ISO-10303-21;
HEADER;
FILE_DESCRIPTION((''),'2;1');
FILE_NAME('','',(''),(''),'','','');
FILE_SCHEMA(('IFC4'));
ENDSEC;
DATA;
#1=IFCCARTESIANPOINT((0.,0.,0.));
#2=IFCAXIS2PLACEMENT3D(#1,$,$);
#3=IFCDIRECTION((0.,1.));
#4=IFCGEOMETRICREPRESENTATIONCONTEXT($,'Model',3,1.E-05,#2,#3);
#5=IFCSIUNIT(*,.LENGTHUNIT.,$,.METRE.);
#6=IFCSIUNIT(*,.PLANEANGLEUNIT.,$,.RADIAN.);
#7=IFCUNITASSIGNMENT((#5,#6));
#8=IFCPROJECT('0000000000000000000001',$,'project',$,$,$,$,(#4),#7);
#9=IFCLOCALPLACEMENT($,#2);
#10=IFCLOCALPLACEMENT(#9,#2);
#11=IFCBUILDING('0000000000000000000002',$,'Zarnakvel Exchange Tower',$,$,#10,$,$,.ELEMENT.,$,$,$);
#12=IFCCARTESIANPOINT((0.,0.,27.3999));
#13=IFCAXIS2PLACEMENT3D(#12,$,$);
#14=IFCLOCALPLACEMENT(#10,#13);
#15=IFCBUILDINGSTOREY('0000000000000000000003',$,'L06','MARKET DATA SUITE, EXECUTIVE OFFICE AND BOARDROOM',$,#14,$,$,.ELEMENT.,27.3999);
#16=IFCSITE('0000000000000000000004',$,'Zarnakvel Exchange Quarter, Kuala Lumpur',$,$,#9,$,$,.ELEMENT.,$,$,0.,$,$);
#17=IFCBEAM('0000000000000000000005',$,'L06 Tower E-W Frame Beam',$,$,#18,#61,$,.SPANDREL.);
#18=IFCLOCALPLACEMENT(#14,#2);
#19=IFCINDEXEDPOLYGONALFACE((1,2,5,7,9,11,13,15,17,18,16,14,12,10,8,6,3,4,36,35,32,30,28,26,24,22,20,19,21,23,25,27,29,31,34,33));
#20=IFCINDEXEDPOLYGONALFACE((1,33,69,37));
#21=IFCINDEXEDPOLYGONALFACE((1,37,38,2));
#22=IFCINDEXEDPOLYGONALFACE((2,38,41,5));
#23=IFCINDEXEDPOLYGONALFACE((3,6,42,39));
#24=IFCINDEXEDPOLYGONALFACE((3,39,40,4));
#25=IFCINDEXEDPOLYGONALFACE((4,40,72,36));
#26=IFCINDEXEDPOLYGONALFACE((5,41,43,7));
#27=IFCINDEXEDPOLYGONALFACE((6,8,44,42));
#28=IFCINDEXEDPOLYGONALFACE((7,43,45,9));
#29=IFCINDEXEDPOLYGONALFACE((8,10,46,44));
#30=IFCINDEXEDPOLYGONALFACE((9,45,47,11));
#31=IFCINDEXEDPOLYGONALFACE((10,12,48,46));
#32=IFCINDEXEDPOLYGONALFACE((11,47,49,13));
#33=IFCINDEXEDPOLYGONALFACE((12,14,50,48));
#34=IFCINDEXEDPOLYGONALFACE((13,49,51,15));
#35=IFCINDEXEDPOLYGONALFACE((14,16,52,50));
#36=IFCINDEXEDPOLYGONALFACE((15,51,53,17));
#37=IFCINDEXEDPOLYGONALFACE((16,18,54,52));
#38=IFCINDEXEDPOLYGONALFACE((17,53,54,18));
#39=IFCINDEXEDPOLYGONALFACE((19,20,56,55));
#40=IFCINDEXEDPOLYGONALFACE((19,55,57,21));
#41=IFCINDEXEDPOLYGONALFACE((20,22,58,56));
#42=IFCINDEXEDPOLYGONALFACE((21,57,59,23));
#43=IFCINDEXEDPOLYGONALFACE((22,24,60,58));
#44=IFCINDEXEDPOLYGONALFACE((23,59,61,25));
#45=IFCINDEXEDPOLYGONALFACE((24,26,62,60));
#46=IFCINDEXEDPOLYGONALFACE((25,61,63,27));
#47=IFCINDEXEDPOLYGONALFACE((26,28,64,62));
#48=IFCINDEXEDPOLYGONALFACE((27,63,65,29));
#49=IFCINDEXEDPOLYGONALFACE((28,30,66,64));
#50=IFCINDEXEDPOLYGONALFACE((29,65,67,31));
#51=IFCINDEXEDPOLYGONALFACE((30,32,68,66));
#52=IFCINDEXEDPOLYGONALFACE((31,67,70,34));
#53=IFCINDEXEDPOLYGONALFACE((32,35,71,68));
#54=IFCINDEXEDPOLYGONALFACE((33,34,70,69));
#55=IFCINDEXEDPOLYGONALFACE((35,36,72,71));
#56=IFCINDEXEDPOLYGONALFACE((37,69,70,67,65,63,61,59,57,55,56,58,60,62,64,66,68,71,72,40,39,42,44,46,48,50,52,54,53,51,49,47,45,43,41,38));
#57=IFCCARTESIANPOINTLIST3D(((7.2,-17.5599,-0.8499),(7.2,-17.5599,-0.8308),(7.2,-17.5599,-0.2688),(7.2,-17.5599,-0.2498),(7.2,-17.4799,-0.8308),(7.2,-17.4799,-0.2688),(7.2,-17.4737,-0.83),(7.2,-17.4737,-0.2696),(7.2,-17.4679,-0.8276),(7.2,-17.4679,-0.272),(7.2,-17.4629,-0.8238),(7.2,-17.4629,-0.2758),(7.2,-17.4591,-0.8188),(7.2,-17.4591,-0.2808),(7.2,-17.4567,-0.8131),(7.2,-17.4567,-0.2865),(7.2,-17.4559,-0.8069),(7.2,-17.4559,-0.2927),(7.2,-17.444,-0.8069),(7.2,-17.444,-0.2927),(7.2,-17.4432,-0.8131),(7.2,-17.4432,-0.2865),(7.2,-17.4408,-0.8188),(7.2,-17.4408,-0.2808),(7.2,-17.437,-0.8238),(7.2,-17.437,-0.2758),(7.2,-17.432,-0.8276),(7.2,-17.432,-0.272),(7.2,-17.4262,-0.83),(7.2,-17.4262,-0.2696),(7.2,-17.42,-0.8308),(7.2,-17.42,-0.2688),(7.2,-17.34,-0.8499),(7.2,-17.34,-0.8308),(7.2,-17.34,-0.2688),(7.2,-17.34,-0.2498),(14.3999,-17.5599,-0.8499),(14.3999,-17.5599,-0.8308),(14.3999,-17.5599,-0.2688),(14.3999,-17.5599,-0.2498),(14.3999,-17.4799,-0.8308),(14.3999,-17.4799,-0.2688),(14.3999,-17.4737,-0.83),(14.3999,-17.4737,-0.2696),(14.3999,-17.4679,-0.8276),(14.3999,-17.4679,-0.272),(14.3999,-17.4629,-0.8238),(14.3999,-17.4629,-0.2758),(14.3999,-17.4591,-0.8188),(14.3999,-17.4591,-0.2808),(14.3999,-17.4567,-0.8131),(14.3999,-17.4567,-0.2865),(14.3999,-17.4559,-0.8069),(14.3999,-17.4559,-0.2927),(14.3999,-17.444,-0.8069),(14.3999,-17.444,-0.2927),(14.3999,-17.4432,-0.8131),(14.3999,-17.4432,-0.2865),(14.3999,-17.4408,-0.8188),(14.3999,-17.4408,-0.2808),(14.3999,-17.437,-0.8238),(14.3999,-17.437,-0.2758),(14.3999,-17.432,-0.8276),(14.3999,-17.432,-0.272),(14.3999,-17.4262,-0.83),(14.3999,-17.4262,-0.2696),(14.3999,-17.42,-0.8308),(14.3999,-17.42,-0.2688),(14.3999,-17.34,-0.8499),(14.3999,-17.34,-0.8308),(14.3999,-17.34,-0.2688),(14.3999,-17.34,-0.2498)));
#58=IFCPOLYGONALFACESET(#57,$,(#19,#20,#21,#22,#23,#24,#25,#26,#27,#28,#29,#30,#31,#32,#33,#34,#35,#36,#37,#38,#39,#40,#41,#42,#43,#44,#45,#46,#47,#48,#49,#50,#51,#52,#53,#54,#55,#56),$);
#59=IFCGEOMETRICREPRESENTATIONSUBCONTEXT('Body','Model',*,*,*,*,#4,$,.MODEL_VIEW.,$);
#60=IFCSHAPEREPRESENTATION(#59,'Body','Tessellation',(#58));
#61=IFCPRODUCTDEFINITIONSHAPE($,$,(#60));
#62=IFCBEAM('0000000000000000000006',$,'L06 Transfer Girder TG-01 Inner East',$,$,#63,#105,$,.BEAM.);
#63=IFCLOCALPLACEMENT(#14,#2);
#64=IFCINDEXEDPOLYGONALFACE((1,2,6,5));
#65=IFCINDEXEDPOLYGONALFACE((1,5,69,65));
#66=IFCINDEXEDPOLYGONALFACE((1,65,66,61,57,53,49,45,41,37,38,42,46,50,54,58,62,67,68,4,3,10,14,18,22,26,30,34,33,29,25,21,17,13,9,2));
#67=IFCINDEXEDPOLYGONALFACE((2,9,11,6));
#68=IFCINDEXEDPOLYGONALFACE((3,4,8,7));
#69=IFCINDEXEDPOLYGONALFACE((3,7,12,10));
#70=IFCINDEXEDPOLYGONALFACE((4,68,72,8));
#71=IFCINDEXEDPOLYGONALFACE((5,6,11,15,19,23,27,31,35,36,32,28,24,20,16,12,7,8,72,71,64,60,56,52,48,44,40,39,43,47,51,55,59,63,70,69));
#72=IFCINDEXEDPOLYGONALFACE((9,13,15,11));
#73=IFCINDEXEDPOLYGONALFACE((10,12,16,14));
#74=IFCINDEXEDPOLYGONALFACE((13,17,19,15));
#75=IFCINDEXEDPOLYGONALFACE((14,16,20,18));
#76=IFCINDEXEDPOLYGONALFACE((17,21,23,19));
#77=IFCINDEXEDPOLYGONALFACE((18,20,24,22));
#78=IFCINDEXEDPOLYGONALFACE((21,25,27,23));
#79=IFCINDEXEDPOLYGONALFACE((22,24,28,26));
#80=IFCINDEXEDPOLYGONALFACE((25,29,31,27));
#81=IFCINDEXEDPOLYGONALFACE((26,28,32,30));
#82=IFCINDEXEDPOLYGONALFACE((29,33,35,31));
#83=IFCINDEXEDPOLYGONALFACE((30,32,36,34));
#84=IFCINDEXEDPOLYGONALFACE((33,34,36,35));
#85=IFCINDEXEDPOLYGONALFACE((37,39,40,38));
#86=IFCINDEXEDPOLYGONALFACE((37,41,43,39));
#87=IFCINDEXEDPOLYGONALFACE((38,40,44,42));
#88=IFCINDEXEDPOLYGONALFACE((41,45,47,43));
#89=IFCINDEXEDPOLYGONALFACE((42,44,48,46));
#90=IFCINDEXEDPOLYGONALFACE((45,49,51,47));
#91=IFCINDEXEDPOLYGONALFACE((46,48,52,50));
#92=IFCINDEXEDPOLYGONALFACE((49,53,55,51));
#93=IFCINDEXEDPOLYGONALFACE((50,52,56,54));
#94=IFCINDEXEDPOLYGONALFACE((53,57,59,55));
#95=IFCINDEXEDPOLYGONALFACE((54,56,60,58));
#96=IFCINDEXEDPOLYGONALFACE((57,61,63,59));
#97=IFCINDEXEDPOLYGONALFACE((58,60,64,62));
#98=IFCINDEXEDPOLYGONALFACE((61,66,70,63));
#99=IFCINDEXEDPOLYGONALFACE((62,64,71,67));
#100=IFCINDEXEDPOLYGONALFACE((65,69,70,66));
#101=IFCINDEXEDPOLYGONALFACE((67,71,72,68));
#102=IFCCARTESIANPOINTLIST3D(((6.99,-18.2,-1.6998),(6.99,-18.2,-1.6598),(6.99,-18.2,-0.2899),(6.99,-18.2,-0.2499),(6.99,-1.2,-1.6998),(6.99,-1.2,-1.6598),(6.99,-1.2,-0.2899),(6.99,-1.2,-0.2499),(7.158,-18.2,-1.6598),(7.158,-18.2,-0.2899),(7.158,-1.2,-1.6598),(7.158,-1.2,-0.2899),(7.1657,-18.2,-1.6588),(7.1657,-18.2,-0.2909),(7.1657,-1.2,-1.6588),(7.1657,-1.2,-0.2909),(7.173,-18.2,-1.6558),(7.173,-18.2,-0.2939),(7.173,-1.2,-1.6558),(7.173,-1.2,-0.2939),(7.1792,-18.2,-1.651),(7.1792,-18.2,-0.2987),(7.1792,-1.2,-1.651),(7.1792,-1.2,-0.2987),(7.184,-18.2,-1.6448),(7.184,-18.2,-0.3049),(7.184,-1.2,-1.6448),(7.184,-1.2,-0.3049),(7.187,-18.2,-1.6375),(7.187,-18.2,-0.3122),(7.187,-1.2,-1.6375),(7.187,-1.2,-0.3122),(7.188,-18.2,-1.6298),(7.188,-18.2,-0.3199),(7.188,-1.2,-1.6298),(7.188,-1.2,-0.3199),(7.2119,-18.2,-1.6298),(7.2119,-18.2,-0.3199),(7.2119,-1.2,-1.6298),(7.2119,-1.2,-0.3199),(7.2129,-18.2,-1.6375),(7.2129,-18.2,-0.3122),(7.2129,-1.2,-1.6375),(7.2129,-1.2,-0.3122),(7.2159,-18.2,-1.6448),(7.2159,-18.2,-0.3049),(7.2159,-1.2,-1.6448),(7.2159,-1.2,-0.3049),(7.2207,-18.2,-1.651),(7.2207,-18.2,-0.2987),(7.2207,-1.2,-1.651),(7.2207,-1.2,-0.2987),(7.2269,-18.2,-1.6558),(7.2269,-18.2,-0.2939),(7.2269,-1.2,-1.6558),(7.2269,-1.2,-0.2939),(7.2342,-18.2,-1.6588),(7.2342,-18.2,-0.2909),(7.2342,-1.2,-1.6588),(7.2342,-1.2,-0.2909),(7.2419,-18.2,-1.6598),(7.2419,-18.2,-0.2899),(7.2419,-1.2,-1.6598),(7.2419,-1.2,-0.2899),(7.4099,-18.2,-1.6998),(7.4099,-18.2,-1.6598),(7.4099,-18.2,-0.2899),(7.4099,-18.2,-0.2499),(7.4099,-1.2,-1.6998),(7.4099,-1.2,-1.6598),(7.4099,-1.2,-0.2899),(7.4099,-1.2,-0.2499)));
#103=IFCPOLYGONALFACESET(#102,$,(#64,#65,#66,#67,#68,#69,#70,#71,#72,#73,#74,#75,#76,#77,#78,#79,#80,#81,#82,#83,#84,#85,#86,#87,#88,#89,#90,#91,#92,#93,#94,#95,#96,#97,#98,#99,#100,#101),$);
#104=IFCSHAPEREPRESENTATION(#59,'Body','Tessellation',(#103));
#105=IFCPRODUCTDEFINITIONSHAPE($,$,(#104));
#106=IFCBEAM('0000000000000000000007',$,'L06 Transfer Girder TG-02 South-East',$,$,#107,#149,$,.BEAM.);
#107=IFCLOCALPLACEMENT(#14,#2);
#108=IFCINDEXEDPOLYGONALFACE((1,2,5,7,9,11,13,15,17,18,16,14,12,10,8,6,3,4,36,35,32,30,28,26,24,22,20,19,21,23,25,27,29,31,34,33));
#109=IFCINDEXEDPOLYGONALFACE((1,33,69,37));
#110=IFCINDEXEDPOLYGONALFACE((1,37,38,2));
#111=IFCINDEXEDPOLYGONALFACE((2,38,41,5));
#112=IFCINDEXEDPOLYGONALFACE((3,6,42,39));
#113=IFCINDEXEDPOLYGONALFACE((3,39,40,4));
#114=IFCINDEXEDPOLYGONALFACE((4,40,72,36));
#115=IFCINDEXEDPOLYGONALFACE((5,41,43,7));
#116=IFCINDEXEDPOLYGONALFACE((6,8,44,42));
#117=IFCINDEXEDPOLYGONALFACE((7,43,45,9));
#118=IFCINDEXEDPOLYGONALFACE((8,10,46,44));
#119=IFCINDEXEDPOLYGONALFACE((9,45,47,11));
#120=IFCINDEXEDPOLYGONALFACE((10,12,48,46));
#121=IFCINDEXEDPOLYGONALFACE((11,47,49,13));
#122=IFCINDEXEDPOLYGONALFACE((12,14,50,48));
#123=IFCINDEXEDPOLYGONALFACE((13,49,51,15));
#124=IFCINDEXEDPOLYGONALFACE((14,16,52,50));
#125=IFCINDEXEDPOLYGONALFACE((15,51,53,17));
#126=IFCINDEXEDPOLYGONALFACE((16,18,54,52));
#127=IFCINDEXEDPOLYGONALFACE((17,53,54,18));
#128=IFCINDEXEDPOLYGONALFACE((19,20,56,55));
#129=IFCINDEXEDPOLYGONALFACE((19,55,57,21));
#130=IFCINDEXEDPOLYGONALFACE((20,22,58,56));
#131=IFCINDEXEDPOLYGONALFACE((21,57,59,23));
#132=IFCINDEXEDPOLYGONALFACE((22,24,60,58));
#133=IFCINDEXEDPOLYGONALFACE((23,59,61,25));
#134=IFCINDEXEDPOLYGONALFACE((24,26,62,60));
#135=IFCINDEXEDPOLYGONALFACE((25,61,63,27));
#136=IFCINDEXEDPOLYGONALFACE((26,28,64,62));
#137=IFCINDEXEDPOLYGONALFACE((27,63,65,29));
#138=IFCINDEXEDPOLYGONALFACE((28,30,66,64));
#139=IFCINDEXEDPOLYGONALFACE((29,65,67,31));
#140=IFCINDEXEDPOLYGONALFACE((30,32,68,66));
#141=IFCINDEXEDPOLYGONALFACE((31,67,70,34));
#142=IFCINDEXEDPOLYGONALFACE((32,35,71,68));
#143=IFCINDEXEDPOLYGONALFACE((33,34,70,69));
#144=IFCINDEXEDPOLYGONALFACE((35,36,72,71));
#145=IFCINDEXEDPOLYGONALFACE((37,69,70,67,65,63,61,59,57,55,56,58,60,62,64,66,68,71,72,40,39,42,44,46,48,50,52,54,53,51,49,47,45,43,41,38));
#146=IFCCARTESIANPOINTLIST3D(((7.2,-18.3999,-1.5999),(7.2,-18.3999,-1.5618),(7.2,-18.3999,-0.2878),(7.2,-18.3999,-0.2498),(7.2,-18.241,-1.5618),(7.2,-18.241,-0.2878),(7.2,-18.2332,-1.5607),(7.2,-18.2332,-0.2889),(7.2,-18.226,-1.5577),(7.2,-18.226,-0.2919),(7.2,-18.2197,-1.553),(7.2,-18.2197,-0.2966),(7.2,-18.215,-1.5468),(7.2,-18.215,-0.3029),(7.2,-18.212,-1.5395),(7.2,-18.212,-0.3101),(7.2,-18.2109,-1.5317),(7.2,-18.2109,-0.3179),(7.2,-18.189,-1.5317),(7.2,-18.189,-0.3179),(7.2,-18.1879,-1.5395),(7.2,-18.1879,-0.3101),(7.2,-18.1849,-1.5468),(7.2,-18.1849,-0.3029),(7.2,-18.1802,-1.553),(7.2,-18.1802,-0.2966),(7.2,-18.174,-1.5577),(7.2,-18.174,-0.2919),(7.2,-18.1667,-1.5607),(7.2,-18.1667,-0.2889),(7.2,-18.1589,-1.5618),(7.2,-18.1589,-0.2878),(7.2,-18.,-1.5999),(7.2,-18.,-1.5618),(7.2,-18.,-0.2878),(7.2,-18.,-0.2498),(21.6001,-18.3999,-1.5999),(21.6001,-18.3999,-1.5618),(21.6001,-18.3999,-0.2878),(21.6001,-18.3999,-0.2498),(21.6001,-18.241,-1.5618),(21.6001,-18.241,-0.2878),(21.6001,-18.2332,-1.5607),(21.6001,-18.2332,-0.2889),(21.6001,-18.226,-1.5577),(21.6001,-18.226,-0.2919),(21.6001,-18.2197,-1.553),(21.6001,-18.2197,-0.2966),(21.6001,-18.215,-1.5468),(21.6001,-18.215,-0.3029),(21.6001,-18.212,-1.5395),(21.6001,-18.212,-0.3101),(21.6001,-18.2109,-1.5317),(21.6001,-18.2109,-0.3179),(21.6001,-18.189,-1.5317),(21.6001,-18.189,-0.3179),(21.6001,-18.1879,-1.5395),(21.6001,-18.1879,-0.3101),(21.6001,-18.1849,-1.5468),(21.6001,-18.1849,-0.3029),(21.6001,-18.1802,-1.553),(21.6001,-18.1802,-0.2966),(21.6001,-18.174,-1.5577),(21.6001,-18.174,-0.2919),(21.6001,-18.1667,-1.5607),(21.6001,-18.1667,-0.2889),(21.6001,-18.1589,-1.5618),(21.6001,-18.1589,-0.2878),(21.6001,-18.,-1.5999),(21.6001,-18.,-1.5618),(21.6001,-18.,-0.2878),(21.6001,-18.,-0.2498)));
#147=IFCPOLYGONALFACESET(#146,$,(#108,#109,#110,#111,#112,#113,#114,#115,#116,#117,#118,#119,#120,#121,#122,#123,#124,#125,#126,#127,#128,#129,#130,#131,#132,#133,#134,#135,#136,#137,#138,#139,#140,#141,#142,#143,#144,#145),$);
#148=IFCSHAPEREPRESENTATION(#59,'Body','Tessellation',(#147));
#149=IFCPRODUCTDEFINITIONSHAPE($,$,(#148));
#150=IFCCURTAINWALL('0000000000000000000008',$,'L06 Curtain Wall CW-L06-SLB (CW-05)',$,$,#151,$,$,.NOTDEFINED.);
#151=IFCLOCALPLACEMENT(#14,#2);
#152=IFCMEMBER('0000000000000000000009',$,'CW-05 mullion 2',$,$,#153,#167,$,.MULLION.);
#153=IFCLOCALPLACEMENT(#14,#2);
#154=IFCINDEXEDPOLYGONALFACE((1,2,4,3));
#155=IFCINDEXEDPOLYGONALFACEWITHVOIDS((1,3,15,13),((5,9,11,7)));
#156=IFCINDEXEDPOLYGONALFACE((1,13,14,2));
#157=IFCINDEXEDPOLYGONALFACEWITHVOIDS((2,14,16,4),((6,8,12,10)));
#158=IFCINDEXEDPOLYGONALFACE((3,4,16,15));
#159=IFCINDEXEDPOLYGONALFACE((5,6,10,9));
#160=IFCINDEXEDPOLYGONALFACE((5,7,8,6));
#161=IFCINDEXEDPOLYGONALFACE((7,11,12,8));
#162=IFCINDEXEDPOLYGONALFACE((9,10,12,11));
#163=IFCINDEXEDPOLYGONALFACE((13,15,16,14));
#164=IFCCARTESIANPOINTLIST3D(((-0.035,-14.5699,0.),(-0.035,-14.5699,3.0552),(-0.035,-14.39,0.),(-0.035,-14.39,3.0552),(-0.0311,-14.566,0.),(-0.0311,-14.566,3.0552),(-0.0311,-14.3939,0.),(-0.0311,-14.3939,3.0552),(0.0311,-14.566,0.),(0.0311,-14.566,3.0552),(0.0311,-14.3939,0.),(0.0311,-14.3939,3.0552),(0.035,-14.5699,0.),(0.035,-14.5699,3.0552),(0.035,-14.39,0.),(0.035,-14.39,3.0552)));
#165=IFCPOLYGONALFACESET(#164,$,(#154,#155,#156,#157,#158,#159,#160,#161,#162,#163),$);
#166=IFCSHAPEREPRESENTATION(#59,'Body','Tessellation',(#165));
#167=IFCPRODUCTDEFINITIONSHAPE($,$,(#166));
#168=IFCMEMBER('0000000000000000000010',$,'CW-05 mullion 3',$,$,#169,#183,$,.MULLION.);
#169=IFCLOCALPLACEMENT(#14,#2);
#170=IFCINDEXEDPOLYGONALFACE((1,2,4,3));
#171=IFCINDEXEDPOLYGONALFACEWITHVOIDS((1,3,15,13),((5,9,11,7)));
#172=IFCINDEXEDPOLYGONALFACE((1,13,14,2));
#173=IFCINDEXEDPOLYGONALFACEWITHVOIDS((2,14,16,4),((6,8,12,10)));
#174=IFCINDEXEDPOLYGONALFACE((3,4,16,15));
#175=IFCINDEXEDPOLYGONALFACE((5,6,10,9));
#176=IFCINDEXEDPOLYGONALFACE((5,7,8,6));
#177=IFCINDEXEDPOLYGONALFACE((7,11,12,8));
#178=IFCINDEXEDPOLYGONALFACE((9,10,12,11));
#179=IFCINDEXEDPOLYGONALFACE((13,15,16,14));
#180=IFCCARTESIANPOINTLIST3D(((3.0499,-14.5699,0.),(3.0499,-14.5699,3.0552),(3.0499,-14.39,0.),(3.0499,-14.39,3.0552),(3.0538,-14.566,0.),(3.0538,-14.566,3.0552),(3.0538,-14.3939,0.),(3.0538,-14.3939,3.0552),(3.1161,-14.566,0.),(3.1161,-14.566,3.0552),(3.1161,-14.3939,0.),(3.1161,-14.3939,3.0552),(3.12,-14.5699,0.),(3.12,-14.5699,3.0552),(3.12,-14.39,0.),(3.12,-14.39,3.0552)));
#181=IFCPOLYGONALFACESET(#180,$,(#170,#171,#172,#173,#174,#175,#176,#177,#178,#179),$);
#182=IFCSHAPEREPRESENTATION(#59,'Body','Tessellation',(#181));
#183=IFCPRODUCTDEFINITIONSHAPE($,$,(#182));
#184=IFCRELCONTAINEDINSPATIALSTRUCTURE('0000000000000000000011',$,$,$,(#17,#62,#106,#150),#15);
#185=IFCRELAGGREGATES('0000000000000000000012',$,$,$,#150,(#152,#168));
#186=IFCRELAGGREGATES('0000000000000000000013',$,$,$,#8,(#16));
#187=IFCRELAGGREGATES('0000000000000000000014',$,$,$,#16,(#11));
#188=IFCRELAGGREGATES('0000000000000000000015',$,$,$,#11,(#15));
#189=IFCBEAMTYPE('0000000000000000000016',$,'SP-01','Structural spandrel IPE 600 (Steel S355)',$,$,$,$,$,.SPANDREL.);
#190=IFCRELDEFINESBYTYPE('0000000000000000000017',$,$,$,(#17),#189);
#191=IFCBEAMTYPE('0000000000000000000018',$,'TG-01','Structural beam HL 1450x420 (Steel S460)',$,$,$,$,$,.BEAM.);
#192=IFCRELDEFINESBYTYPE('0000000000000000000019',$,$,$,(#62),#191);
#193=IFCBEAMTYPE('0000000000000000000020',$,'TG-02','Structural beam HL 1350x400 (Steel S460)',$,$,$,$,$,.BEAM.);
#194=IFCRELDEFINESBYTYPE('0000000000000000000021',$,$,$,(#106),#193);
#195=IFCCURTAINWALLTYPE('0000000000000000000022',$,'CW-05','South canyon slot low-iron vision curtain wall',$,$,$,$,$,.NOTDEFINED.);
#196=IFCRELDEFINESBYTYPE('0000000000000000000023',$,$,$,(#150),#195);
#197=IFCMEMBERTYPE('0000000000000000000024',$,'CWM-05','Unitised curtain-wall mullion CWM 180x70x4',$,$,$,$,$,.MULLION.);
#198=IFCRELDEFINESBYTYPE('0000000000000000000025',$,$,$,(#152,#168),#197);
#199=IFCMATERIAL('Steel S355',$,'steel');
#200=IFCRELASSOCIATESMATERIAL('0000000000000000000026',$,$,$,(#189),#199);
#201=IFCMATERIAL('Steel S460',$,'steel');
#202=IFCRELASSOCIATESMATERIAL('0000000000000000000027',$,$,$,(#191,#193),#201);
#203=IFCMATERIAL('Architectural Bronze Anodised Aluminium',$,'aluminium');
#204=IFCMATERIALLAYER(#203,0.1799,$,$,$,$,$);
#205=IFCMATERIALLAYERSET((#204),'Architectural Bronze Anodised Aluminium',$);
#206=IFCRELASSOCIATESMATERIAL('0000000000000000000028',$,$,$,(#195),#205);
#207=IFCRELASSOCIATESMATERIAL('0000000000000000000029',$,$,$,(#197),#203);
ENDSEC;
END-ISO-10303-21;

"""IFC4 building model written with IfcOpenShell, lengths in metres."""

from ifc_helpers import new_model, si_unit, direction, frame, origin, origin_2d, place, context, subcontext, project, spatial, hollow_rectangle, i_section, extrude, source, transform, mapped, material, layer, layer_set, material_profile, profile_set, type_object, element, aggregate, save


model = new_model("IFC4")

# Units and contexts
model_context = context("Model", 3, precision=1e-05, world=origin(), true_north=direction((0.0, 1.0)))
body_context = subcontext(model_context, "Body", "Model", "MODEL_VIEW")
ifc_project = project(units=[si_unit("LENGTHUNIT", "METRE"), si_unit("PLANEANGLEUNIT", "RADIAN")], contexts=[model_context])

# Site, building, storey
site_placement = place(None, origin())
site = spatial("IfcSite", under=ifc_project, at=site_placement, Name="Zarnakvel Exchange Quarter, Kuala Lumpur", CompositionType="ELEMENT", RefElevation=0.0)
building_placement = place(site_placement, origin())
building = spatial("IfcBuilding", under=site, at=building_placement, Name="Zarnakvel Exchange Tower", CompositionType="ELEMENT")
storey_placement = place(building_placement, frame((0.0, 0.0, 27.3999)))
storey = spatial("IfcBuildingStorey", under=building, at=storey_placement, Name="L06", Description="MARKET DATA SUITE, EXECUTIVE OFFICE AND BOARDROOM", CompositionType="ELEMENT", Elevation=27.3999)

# Beams
ifc_material_1 = material(Name="Steel S355", Category="steel")
ifc_material_profile_1 = material_profile(ifc_material_1, i_section(OverallWidth=0.22, OverallDepth=0.6001, WebThickness=0.012, FlangeThickness=0.019, FilletRadius=0.0239, at=origin_2d()))
ifc_profile_set_1 = profile_set([ifc_material_profile_1], Name="Steel S355")
beam_type_1 = type_object("IfcBeamType", Name="SP-01", Description="Structural spandrel IPE 600 (Steel S355)", PredefinedType="SPANDREL", material=ifc_profile_set_1)
beam_1_placement = place(storey_placement, frame((7.2, -17.45, -0.5498), z_axis=(1.0, 0.0, 0.0), x_axis=(0.0, 1.0, 0.0)))
element("IfcBeam", 1, at=beam_1_placement, inside=storey, type_object=beam_type_1, Name="L06 Tower E-W Frame Beam", PredefinedType="SPANDREL", context=body_context, shape_type="SweptSolid", body=[
    extrude(i_section(OverallWidth=0.22, OverallDepth=0.6001, WebThickness=0.012, FlangeThickness=0.019, FilletRadius=0.0239, at=origin_2d()), origin(), (0.0, 0.0, 1.0), 7.2),
])
ifc_material_2 = material(Name="Steel S460", Category="steel")
ifc_material_profile_2 = material_profile(ifc_material_2, i_section(OverallWidth=0.4199, OverallDepth=1.45, WebThickness=0.0239, FlangeThickness=0.04, FilletRadius=0.03, at=origin_2d()))
ifc_profile_set_2 = profile_set([ifc_material_profile_2], Name="Steel S460")
beam_type_2 = type_object("IfcBeamType", Name="TG-01", Description="Structural beam HL 1450x420 (Steel S460)", PredefinedType="BEAM", material=ifc_profile_set_2)
beam_2_placement = place(storey_placement, frame((7.2, -18.2, -0.9749), z_axis=(0.0, 1.0, 0.0), x_axis=(-1.0, 0.0, 0.0)))
element("IfcBeam", 2, at=beam_2_placement, inside=storey, type_object=beam_type_2, Name="L06 Transfer Girder TG-01 Inner East", PredefinedType="BEAM", context=body_context, shape_type="SweptSolid", body=[
    extrude(i_section(OverallWidth=0.4199, OverallDepth=1.45, WebThickness=0.0239, FlangeThickness=0.04, FilletRadius=0.03, at=origin_2d()), origin(), (0.0, 0.0, 1.0), 17.0),
])
ifc_material_profile_3 = material_profile(ifc_material_2, i_section(OverallWidth=0.3999, OverallDepth=1.3501, WebThickness=0.022, FlangeThickness=0.0381, FilletRadius=0.03, at=origin_2d()))
ifc_profile_set_3 = profile_set([ifc_material_profile_3], Name="Steel S460")
beam_type_3 = type_object("IfcBeamType", Name="TG-02", Description="Structural beam HL 1350x400 (Steel S460)", PredefinedType="BEAM", material=ifc_profile_set_3)
beam_3_placement = place(storey_placement, frame((7.2, -18.2, -0.9248), z_axis=(1.0, 0.0, 0.0), x_axis=(0.0, 1.0, 0.0)))
element("IfcBeam", 3, at=beam_3_placement, inside=storey, type_object=beam_type_3, Name="L06 Transfer Girder TG-02 South-East", PredefinedType="BEAM", context=body_context, shape_type="SweptSolid", body=[
    extrude(i_section(OverallWidth=0.3999, OverallDepth=1.3501, WebThickness=0.022, FlangeThickness=0.0381, FilletRadius=0.03, at=origin_2d()), origin(), (0.0, 0.0, 1.0), 14.4001),
])

# Curtain wall, members
ifc_material_3 = material(Name="Architectural Bronze Anodised Aluminium", Category="aluminium")
ifc_layer_1 = layer(ifc_material_3, 0.1799)
ifc_layer_set_1 = layer_set([ifc_layer_1], Name="Architectural Bronze Anodised Aluminium")
curtain_wall_type = type_object("IfcCurtainWallType", Name="CW-05", Description="South canyon slot low-iron vision curtain wall", PredefinedType="NOTDEFINED", material=ifc_layer_set_1)
curtain_wall_1_placement = place(storey_placement, origin())
curtain_wall_1 = element("IfcCurtainWall", 4, at=curtain_wall_1_placement, inside=storey, type_object=curtain_wall_type, Name="L06 Curtain Wall CW-L06-SLB (CW-05)", PredefinedType="NOTDEFINED")
ifc_material_profile_4 = material_profile(ifc_material_3, hollow_rectangle(XDim=0.1799, YDim=0.0701, WallThickness=0.0039, at=origin_2d()))
ifc_profile_set_4 = profile_set([ifc_material_profile_4], Name="Architectural Bronze Anodised Aluminium")
member_type_1 = type_object("IfcMemberType", Name="CWM-05", Description="Unitised curtain-wall mullion CWM 180x70x4", PredefinedType="MULLION", material=ifc_profile_set_4)
shared_shape_1 = source(origin(), body_context, "Body", "SweptSolid", [
    extrude(hollow_rectangle(XDim=0.1799, YDim=0.0701, WallThickness=0.0039, at=origin_2d()), origin(), (0.0, 0.0, 1.0), 3.0552),
])
member_1_placement = place(storey_placement, frame((0.0, -14.48, 0.0), z_axis=(0.0, 0.0, 1.0), x_axis=(0.0, 1.0, 0.0)))
member_1 = element("IfcMember", 5, at=member_1_placement, type_object=member_type_1, Name="CW-05 mullion 2", PredefinedType="MULLION", context=body_context, shape_type="MappedRepresentation", body=[
    mapped(shared_shape_1, transform((0.0, 0.0, 0.0), x_axis=(1.0, 0.0, 0.0), y_axis=(0.0, 1.0, 0.0), z_axis=(0.0, 0.0, 1.0), scale=1.0)),
])
member_2_placement = place(storey_placement, frame((3.085, -14.48, 0.0), z_axis=(0.0, 0.0, 1.0), x_axis=(0.0, 1.0, 0.0)))
member_2 = element("IfcMember", 6, at=member_2_placement, type_object=member_type_1, Name="CW-05 mullion 3", PredefinedType="MULLION", context=body_context, shape_type="MappedRepresentation", body=[
    mapped(shared_shape_1, transform((0.0, 0.0, 0.0), x_axis=(1.0, 0.0, 0.0), y_axis=(0.0, 1.0, 0.0), z_axis=(0.0, 0.0, 1.0), scale=1.0)),
])

aggregate(curtain_wall_1, [member_1, member_2])

save(model, "model.ifc")
